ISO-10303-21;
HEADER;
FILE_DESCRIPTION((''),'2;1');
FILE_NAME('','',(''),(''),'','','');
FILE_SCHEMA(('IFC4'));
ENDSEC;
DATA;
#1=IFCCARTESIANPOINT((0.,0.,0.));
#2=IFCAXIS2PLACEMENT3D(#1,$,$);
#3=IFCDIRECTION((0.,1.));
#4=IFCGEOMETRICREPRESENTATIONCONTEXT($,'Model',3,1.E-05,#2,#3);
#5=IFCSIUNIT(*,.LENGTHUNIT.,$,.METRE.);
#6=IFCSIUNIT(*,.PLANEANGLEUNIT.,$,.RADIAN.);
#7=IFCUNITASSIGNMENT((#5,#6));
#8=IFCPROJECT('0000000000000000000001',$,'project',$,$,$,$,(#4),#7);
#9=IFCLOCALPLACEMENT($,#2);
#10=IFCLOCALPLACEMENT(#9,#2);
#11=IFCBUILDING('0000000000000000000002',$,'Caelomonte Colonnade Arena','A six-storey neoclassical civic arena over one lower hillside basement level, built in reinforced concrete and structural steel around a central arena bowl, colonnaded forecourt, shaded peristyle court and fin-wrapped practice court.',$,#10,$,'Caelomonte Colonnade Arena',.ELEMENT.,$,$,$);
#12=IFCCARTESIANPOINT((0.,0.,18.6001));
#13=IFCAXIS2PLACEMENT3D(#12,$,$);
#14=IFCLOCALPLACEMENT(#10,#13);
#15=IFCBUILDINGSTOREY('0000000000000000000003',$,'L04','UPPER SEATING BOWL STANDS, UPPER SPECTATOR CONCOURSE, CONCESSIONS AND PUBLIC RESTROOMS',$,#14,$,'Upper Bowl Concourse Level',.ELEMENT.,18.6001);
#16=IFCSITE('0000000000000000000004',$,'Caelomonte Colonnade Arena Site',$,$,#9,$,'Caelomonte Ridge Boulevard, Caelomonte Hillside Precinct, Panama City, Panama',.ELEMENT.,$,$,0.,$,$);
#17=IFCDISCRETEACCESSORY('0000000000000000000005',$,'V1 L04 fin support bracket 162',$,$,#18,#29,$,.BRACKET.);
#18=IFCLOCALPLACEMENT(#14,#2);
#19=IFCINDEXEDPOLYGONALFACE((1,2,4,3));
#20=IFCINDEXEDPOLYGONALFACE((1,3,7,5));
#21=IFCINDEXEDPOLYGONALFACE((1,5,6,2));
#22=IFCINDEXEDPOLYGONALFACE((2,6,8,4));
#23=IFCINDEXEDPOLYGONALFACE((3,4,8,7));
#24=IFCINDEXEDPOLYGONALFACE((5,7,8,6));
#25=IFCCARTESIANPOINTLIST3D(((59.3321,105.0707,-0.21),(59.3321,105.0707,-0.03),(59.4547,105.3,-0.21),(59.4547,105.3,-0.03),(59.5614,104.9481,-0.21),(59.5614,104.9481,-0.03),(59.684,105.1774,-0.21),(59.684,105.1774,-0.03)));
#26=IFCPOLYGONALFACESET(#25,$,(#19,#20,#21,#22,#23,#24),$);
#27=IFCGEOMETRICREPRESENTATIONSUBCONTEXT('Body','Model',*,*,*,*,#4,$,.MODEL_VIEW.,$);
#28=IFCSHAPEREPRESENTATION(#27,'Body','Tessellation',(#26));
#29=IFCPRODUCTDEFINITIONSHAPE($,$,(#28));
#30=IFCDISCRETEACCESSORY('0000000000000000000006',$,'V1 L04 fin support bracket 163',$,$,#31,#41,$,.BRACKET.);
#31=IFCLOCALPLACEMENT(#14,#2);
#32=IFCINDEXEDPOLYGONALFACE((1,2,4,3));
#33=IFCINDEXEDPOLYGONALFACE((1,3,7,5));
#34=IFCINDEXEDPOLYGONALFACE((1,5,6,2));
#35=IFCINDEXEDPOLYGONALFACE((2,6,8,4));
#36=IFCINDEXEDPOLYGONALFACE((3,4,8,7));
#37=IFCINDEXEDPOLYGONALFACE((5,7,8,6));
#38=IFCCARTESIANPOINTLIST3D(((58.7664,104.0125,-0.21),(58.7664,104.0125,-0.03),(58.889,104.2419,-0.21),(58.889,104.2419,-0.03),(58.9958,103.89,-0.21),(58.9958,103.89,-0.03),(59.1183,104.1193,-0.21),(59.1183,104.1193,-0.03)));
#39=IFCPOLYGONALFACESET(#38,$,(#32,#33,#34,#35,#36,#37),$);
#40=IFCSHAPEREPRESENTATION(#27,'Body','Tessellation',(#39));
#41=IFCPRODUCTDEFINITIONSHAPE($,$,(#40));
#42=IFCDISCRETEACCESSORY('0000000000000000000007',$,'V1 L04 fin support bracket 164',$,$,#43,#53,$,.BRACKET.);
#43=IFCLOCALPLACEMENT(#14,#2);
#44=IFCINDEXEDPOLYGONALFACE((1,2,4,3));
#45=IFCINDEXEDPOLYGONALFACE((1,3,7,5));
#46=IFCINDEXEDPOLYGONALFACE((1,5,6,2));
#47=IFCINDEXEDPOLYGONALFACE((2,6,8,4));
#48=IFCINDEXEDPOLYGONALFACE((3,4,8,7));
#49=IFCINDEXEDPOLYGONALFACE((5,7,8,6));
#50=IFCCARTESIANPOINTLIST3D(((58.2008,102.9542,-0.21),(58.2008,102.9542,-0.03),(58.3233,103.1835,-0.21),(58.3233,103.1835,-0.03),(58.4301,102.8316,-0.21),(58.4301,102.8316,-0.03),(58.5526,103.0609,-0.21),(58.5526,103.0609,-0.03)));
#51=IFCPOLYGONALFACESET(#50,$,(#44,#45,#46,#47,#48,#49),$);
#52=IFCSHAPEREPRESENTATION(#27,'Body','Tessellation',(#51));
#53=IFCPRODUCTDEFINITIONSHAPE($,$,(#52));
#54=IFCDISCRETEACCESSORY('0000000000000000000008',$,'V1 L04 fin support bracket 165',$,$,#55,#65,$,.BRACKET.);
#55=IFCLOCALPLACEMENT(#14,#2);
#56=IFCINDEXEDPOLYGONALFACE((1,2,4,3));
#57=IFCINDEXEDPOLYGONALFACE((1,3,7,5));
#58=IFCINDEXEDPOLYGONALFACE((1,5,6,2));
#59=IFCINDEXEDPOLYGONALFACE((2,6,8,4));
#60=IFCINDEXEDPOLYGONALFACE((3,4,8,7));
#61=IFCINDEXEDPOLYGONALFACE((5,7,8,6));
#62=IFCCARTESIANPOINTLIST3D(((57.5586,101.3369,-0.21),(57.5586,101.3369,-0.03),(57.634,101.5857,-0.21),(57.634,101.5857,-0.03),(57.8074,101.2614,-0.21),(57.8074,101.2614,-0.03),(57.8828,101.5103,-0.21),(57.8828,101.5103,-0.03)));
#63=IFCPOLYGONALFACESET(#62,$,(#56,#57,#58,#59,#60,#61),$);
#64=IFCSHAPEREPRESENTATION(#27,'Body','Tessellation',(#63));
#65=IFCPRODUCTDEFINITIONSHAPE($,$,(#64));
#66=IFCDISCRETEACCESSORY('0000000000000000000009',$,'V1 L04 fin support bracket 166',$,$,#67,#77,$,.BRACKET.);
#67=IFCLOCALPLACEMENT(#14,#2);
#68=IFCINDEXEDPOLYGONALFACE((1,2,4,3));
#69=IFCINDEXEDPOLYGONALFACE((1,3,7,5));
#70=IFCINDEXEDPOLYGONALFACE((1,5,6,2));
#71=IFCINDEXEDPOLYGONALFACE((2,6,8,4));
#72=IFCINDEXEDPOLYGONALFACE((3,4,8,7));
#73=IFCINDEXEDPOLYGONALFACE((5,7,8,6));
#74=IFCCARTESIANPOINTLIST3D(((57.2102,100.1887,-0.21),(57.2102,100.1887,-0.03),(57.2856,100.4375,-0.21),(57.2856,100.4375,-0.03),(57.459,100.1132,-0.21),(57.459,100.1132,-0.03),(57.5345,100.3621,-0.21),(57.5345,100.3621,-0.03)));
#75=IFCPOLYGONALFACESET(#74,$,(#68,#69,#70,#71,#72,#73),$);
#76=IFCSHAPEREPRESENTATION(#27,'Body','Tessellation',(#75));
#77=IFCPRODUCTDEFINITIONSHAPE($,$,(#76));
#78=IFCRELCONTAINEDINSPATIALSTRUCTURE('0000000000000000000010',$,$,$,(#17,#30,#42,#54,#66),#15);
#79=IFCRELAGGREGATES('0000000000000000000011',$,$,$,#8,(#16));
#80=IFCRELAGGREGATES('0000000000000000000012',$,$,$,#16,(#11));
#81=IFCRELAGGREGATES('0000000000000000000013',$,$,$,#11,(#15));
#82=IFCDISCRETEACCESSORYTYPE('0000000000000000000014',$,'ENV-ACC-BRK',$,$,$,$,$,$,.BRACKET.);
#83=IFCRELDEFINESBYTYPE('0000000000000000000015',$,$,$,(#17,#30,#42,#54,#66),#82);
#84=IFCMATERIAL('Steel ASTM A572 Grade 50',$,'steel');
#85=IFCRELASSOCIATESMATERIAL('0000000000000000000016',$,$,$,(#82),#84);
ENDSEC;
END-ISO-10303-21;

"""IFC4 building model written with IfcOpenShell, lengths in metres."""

from ifc_helpers import new_model, si_unit, direction, frame, origin, origin_2d, place, context, subcontext, project, spatial, rectangle, extrude, material, type_object, element, save


model = new_model("IFC4")

# Units and contexts
model_context = context("Model", 3, precision=1e-05, world=origin(), true_north=direction((0.0, 1.0)))
body_context = subcontext(model_context, "Body", "Model", "MODEL_VIEW")
ifc_project = project(units=[si_unit("LENGTHUNIT", "METRE"), si_unit("PLANEANGLEUNIT", "RADIAN")], contexts=[model_context])

# Site, building, storey
site_placement = place(None, origin())
site = spatial("IfcSite", under=ifc_project, at=site_placement, Name="Caelomonte Colonnade Arena Site", LongName="Caelomonte Ridge Boulevard, Caelomonte Hillside Precinct, Panama City, Panama", CompositionType="ELEMENT", RefElevation=0.0)
building_placement = place(site_placement, origin())
building = spatial("IfcBuilding", under=site, at=building_placement, Name="Caelomonte Colonnade Arena", Description="A six-storey neoclassical civic arena over one lower hillside basement level, built in reinforced concrete and structural steel around a central arena bowl, colonnaded forecourt, shaded peristyle court and fin-wrapped practice court.", LongName="Caelomonte Colonnade Arena", CompositionType="ELEMENT")
storey_placement = place(building_placement, frame((0.0, 0.0, 18.6001)))
storey = spatial("IfcBuildingStorey", under=building, at=storey_placement, Name="L04", Description="UPPER SEATING BOWL STANDS, UPPER SPECTATOR CONCOURSE, CONCESSIONS AND PUBLIC RESTROOMS", LongName="Upper Bowl Concourse Level", CompositionType="ELEMENT", Elevation=18.6001)

# Discrete accessories
ifc_material_1 = material(Name="Steel ASTM A572 Grade 50", Category="steel")
discrete_accessory_type = type_object("IfcDiscreteAccessoryType", Name="ENV-ACC-BRK", PredefinedType="BRACKET", material=ifc_material_1)
for number, where, z_axis, x_axis, name in (
    (1, (59.5081, 105.124, -0.21), (0.0, 0.0, 1.0), (-0.471397, -0.881921, 0.0), "V1 L04 fin support bracket 162"),
    (2, (58.9424, 104.0659, -0.21), (0.0, 0.0, 1.0), (-0.471397, -0.881921, 0.0), "V1 L04 fin support bracket 163"),
    (3, (58.3767, 103.0076, -0.21), (0.0, 0.0, 1.0), (-0.471397, -0.881921, 0.0), "V1 L04 fin support bracket 164"),
    (4, (57.7207, 101.4236, -0.21), (0.0, 0.0, 1.0), (-0.290276, -0.956943, 0.0), "V1 L04 fin support bracket 165"),
    (5, (57.3723, 100.2754, -0.21), (0.0, 0.0, 1.0), (-0.290276, -0.956943, 0.0), "V1 L04 fin support bracket 166"),
):
    element("IfcDiscreteAccessory", number, at=place(storey_placement, frame(where, z_axis=z_axis, x_axis=x_axis)), inside=storey, type_object=discrete_accessory_type, Name=name, PredefinedType="BRACKET", context=body_context, shape_type="SweptSolid", body=[
        extrude(rectangle(XDim=0.26, YDim=0.26, at=origin_2d()), origin(), (0.0, 0.0, 1.0), 0.1799),
    ])

save(model, "model.ifc")
